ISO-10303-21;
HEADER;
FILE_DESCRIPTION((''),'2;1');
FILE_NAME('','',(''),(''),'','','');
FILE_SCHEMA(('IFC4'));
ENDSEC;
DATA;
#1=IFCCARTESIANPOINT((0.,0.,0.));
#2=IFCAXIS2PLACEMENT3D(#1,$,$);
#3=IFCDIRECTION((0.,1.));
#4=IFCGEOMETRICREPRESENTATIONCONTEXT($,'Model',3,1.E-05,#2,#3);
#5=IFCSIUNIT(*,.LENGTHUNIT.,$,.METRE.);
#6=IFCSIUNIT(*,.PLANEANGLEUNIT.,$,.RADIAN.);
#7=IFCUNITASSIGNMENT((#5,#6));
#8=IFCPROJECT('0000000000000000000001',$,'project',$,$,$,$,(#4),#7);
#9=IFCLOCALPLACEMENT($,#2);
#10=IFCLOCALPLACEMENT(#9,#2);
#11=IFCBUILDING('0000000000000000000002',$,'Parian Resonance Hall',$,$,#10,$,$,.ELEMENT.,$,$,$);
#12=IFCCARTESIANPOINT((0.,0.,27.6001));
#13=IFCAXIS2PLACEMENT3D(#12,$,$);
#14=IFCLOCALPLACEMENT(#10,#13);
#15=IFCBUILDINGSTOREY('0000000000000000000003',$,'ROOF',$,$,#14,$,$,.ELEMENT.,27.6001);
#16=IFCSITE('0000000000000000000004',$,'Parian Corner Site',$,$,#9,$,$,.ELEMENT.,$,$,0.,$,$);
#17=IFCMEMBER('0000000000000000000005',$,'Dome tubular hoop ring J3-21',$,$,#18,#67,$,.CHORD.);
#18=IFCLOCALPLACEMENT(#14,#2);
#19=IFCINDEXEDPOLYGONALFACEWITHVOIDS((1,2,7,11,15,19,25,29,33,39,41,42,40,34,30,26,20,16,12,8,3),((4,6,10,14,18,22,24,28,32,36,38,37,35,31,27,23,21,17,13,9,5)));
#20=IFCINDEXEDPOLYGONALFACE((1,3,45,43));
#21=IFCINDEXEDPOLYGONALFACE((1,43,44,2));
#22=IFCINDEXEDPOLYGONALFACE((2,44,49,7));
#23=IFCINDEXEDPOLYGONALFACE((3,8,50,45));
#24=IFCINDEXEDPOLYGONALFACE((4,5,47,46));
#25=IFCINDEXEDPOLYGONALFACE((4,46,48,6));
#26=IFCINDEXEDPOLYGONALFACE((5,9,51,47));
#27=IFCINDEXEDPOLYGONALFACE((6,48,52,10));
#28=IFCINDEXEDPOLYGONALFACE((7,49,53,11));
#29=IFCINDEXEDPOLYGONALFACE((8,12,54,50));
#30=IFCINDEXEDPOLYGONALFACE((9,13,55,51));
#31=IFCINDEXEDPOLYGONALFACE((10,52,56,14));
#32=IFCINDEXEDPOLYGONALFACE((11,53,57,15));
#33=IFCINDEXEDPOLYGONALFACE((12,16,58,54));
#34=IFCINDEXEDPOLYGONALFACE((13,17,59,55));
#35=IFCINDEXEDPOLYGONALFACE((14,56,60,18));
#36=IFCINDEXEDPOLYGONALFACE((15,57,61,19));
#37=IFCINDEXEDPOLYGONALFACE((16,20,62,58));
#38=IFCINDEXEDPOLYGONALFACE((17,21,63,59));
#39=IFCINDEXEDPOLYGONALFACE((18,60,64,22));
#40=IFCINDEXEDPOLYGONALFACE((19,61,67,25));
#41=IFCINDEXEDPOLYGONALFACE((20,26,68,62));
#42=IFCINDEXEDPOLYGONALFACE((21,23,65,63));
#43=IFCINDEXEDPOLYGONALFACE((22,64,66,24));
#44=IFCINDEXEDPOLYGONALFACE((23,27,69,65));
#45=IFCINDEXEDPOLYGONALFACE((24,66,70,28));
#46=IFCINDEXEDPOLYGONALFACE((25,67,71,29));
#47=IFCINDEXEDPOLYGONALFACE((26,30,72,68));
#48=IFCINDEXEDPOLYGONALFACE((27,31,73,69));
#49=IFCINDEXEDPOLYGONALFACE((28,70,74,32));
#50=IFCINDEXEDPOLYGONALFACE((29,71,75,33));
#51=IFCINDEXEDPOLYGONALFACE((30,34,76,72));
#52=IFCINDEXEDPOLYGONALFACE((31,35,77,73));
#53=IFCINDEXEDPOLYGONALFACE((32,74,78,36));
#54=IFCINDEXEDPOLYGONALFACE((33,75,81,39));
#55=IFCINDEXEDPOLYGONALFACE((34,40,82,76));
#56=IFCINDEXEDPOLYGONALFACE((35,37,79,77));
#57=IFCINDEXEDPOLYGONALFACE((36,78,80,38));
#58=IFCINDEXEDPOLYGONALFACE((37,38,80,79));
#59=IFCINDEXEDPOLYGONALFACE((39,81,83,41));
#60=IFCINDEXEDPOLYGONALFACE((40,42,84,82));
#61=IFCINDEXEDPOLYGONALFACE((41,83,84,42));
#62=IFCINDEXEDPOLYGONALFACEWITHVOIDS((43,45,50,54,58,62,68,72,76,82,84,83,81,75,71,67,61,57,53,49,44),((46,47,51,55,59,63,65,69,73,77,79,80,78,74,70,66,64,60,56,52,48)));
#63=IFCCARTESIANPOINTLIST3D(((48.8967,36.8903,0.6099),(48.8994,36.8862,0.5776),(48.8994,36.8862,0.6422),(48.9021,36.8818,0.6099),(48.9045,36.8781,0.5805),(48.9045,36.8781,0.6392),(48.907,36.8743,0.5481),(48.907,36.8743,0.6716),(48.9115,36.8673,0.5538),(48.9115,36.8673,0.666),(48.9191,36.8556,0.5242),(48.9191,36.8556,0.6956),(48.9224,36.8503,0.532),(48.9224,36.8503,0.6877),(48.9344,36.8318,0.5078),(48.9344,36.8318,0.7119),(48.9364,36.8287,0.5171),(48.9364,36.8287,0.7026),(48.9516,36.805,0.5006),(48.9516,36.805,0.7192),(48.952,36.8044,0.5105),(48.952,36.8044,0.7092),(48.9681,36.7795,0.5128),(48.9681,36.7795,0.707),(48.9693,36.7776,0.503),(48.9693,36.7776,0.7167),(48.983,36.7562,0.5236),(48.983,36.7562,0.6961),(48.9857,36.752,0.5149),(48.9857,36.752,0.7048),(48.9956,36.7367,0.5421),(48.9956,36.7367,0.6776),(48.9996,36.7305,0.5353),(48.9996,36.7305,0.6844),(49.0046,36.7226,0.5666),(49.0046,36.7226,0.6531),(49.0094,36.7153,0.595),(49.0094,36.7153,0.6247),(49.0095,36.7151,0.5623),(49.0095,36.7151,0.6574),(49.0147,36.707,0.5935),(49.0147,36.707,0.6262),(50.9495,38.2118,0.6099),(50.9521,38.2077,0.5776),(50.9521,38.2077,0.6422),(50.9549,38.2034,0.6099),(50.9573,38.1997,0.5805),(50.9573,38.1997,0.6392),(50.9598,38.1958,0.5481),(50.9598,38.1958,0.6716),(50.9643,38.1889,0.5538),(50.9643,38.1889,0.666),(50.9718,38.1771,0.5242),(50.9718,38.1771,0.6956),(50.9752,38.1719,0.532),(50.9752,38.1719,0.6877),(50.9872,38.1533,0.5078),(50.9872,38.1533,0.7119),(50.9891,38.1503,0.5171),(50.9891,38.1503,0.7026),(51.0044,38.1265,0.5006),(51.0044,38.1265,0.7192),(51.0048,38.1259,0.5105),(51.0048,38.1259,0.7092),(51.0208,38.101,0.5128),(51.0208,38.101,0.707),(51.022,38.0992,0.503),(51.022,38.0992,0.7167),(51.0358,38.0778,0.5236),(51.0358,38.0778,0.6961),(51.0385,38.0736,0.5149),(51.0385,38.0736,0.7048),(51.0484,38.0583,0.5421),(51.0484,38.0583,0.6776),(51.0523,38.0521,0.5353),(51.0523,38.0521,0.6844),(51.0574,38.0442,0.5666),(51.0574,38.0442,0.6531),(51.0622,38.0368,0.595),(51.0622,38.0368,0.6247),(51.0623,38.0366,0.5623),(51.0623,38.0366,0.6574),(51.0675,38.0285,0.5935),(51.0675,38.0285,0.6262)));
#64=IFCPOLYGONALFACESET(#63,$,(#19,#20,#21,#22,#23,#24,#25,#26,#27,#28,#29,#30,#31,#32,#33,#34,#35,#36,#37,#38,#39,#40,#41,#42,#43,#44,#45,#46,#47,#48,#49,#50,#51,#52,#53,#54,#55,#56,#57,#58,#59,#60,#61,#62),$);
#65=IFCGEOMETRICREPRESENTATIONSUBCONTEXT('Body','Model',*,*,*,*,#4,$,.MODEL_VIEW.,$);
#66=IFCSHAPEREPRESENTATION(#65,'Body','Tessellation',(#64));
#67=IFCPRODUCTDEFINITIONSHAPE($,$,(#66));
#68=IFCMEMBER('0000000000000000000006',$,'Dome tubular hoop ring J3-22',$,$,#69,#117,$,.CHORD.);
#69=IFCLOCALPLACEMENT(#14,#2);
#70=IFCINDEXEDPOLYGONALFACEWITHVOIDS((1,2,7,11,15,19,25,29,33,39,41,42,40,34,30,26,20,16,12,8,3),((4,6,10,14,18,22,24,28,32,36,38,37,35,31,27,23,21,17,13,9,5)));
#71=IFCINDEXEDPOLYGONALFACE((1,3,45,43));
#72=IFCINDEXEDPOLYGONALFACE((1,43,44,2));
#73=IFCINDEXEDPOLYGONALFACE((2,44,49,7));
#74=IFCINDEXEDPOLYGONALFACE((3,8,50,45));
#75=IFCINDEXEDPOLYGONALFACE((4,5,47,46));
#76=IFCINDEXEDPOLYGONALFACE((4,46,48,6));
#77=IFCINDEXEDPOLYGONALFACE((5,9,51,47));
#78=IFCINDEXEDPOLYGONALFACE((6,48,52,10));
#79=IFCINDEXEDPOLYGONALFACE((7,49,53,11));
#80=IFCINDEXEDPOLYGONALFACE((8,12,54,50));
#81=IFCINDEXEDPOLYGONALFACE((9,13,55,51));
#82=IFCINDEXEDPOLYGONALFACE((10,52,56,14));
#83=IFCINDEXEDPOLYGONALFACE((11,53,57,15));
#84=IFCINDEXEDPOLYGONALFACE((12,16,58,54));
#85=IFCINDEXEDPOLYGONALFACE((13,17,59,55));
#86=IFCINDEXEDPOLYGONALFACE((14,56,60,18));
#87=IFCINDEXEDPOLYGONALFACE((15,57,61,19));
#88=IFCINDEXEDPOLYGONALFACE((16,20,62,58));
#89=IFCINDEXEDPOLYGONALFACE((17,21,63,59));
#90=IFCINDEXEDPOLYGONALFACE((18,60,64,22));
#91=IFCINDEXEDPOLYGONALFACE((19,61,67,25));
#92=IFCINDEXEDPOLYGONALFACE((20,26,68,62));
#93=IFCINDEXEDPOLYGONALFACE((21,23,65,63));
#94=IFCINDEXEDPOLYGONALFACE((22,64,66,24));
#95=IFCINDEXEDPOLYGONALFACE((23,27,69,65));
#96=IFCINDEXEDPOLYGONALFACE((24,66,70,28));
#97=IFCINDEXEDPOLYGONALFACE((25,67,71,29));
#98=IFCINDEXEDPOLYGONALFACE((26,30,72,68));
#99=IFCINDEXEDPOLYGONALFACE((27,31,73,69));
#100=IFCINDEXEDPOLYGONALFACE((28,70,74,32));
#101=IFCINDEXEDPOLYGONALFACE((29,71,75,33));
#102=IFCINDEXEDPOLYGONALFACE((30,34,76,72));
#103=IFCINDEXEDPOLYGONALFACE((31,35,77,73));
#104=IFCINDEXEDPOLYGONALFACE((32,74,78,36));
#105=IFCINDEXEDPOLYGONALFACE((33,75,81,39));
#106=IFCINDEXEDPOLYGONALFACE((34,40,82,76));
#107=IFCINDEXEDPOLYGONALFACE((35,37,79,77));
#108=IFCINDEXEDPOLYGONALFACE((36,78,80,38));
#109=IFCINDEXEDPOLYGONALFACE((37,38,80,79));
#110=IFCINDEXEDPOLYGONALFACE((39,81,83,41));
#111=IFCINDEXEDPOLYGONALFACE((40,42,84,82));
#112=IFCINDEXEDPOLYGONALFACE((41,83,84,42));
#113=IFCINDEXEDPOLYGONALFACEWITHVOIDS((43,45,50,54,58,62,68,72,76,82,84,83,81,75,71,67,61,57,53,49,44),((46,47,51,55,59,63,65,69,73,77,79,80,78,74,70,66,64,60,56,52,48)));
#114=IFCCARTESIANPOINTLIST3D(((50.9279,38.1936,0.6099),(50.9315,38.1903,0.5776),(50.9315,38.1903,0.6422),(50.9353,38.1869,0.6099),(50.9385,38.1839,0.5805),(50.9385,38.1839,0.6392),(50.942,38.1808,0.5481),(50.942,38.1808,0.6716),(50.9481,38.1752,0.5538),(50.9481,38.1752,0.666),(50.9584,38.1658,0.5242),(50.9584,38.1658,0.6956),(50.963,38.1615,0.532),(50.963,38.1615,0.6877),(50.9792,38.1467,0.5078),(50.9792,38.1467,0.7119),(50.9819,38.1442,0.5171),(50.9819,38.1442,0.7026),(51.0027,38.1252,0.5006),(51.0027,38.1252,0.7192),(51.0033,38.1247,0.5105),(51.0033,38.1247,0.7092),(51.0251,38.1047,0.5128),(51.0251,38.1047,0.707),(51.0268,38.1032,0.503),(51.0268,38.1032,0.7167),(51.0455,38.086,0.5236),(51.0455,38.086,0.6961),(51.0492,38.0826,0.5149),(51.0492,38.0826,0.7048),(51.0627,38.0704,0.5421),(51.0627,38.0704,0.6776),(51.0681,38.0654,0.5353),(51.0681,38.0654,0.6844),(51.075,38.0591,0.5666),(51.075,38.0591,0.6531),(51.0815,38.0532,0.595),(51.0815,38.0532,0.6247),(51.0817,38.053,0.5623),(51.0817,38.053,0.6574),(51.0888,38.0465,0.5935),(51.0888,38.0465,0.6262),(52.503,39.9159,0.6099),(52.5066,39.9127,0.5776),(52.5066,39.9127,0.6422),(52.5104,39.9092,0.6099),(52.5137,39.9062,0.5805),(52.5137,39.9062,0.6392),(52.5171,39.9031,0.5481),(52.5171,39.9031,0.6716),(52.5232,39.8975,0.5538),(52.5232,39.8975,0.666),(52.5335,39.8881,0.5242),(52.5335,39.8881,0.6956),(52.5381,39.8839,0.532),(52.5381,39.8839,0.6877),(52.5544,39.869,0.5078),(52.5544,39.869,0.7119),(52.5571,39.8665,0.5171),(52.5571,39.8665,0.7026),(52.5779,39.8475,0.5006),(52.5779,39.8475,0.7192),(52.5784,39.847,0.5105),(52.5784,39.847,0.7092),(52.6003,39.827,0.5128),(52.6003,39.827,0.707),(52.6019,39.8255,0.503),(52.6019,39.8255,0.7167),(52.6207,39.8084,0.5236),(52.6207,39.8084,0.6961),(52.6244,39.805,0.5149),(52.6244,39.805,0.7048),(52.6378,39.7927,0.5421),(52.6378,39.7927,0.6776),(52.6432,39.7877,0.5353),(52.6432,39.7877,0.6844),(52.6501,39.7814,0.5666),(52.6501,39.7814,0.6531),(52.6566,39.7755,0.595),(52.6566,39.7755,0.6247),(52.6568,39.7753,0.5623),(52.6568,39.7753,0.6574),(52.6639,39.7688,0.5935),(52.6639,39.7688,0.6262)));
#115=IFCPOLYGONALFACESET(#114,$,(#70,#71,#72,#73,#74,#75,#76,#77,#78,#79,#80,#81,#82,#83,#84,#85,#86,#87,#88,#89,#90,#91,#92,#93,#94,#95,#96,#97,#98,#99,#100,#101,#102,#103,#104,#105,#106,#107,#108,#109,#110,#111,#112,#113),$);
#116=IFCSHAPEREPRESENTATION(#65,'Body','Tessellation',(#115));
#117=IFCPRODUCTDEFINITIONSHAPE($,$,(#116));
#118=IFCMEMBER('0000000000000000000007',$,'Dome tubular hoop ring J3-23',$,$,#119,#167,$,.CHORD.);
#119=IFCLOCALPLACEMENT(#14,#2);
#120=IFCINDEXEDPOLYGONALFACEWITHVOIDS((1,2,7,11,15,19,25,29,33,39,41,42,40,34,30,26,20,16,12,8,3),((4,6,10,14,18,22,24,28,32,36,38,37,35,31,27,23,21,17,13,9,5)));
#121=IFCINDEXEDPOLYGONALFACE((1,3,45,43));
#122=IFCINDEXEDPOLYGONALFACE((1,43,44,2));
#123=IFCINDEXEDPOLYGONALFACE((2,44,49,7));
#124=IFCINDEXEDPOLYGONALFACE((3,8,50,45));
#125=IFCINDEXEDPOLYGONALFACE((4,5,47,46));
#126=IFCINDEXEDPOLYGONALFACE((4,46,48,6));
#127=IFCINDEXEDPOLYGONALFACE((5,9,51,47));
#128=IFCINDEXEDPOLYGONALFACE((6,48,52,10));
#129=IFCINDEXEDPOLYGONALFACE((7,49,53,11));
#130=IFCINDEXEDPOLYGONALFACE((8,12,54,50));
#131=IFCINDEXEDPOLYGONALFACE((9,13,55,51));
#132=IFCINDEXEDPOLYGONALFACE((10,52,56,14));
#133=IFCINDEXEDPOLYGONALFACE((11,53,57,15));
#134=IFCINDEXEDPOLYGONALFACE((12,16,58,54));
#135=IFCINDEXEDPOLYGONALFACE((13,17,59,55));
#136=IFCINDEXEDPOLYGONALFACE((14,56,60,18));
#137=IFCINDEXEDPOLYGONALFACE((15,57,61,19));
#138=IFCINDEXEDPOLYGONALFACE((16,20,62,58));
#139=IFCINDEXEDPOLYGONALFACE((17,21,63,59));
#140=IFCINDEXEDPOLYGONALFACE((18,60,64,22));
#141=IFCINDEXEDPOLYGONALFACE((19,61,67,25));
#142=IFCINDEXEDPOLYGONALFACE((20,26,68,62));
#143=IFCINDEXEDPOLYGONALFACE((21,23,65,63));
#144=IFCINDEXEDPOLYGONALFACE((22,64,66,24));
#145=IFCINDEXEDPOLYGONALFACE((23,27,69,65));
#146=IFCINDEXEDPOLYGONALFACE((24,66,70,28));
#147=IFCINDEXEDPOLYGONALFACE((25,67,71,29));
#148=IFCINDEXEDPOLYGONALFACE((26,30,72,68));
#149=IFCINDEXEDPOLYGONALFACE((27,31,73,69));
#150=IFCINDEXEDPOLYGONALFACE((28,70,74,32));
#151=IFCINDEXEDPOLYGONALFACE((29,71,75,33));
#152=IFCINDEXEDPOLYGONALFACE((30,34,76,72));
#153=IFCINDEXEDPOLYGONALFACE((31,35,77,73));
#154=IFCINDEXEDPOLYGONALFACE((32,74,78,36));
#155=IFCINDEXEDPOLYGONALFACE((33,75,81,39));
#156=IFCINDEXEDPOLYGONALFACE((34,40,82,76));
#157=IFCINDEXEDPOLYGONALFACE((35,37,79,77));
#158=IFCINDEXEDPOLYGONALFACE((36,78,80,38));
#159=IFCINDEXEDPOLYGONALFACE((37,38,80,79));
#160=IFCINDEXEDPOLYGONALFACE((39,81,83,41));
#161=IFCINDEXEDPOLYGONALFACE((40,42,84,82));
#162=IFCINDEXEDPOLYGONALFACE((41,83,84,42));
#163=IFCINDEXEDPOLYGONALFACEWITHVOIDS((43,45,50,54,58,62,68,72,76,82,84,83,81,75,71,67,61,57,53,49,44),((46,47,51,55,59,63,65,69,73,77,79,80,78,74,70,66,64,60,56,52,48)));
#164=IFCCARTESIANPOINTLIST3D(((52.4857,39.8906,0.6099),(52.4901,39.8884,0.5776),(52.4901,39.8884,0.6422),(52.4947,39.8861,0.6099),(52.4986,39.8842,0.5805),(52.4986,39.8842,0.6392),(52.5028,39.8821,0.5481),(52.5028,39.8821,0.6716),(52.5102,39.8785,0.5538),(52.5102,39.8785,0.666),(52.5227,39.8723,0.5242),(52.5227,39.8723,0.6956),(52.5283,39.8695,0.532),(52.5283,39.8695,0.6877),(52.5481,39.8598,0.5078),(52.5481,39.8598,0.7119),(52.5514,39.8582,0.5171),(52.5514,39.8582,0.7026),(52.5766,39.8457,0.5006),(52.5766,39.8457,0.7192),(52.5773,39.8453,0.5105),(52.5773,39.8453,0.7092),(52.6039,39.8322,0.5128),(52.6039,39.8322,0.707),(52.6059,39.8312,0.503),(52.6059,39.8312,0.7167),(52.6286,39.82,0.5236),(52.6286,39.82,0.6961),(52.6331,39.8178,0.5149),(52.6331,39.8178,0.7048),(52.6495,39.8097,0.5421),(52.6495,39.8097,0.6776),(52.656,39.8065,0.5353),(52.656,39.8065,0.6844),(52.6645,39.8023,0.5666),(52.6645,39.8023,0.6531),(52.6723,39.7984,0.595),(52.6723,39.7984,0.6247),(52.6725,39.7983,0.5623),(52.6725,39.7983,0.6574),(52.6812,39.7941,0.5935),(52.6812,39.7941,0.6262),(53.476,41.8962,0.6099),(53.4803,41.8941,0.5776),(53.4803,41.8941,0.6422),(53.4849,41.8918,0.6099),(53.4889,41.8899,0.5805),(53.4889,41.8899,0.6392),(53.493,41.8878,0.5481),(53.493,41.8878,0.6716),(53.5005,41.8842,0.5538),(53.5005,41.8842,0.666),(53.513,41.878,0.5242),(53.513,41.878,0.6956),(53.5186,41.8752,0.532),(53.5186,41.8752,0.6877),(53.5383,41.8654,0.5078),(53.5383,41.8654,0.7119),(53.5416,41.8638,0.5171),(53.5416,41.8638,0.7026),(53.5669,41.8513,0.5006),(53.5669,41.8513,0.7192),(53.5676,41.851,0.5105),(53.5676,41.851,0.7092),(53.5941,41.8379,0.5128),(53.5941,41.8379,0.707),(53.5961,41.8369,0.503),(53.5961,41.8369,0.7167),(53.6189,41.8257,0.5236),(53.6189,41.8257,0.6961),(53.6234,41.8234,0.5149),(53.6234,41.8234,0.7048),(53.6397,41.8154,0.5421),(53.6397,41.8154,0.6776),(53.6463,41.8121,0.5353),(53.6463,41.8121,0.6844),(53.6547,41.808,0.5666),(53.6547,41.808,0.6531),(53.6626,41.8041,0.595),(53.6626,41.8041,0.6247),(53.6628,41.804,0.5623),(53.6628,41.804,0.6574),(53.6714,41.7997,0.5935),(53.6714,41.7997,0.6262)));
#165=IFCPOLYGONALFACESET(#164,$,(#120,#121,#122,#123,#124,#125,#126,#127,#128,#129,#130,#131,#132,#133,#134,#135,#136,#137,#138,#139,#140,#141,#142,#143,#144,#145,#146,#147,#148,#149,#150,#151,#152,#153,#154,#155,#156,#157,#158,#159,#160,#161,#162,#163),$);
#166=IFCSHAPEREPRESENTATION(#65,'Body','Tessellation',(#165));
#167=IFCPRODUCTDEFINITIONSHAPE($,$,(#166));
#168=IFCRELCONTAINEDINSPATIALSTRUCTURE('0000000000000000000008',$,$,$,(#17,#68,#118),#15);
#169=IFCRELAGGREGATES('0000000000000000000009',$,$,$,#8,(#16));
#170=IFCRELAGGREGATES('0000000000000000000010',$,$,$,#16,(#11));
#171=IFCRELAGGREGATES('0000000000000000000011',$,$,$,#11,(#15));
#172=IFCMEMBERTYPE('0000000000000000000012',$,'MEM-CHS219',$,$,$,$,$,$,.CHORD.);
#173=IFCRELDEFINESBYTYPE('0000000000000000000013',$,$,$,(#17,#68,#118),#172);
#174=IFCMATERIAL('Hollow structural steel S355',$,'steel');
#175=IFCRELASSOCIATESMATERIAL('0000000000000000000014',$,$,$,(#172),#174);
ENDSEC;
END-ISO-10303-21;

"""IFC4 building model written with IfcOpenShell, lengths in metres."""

from ifc_helpers import new_model, si_unit, direction, frame, origin, origin_2d, place, context, subcontext, project, spatial, hollow_circle, extrude, material, material_profile, profile_set, type_object, element, save


model = new_model("IFC4")

# Units and contexts
model_context = context("Model", 3, precision=1e-05, world=origin(), true_north=direction((0.0, 1.0)))
body_context = subcontext(model_context, "Body", "Model", "MODEL_VIEW")
ifc_project = project(units=[si_unit("LENGTHUNIT", "METRE"), si_unit("PLANEANGLEUNIT", "RADIAN")], contexts=[model_context])

# Site, building, storey
site_placement = place(None, origin())
site = spatial("IfcSite", under=ifc_project, at=site_placement, Name="Parian Corner Site", CompositionType="ELEMENT", RefElevation=0.0)
building_placement = place(site_placement, origin())
building = spatial("IfcBuilding", under=site, at=building_placement, Name="Parian Resonance Hall", CompositionType="ELEMENT")
storey_placement = place(building_placement, frame((0.0, 0.0, 27.6001)))
storey = spatial("IfcBuildingStorey", under=building, at=storey_placement, Name="ROOF", CompositionType="ELEMENT", Elevation=27.6001)

# Members
ifc_material_1 = material(Name="Hollow structural steel S355", Category="steel")
ifc_material_profile_1 = material_profile(ifc_material_1, hollow_circle(Radius=0.1096, WallThickness=0.01, at=origin_2d()), Name="CHS219.1x10")
ifc_profile_set_1 = profile_set([ifc_material_profile_1], Name="Hollow structural steel S355")
member_type_1 = type_object("IfcMemberType", Name="MEM-CHS219", PredefinedType="CHORD", material=ifc_profile_set_1)
member_1_placement = place(storey_placement, frame((48.9561, 36.7981, 0.6099), z_axis=(0.840821, 0.541313, 0.0), x_axis=(-0.541313, 0.840821, 0.0)))
element("IfcMember", 1, at=member_1_placement, inside=storey, type_object=member_type_1, Name="Dome tubular hoop ring J3-21", PredefinedType="CHORD", context=body_context, shape_type="SweptSolid", body=[
    extrude(hollow_circle(Radius=0.1096, WallThickness=0.01, at=origin_2d()), origin(), (0.0, 0.0, 1.0), 2.4414),
])
member_2_placement = place(storey_placement, frame((51.0088, 38.1196, 0.6099), z_axis=(0.674867, 0.73794, 0.0), x_axis=(-0.73794, 0.674867, 0.0)))
element("IfcMember", 2, at=member_2_placement, inside=storey, type_object=member_type_1, Name="Dome tubular hoop ring J3-22", PredefinedType="CHORD", context=body_context, shape_type="SweptSolid", body=[
    extrude(hollow_circle(Radius=0.1096, WallThickness=0.01, at=origin_2d()), origin(), (0.0, 0.0, 1.0), 2.334),
])
member_3_placement = place(storey_placement, frame((52.584, 39.842, 0.6099), z_axis=(0.442711, 0.896664, 0.0), x_axis=(-0.896664, 0.442711, 0.0)))
element("IfcMember", 3, at=member_3_placement, inside=storey, type_object=member_type_1, Name="Dome tubular hoop ring J3-23", PredefinedType="CHORD", context=body_context, shape_type="SweptSolid", body=[
    extrude(hollow_circle(Radius=0.1096, WallThickness=0.01, at=origin_2d()), origin(), (0.0, 0.0, 1.0), 2.2368),
])

save(model, "model.ifc")
